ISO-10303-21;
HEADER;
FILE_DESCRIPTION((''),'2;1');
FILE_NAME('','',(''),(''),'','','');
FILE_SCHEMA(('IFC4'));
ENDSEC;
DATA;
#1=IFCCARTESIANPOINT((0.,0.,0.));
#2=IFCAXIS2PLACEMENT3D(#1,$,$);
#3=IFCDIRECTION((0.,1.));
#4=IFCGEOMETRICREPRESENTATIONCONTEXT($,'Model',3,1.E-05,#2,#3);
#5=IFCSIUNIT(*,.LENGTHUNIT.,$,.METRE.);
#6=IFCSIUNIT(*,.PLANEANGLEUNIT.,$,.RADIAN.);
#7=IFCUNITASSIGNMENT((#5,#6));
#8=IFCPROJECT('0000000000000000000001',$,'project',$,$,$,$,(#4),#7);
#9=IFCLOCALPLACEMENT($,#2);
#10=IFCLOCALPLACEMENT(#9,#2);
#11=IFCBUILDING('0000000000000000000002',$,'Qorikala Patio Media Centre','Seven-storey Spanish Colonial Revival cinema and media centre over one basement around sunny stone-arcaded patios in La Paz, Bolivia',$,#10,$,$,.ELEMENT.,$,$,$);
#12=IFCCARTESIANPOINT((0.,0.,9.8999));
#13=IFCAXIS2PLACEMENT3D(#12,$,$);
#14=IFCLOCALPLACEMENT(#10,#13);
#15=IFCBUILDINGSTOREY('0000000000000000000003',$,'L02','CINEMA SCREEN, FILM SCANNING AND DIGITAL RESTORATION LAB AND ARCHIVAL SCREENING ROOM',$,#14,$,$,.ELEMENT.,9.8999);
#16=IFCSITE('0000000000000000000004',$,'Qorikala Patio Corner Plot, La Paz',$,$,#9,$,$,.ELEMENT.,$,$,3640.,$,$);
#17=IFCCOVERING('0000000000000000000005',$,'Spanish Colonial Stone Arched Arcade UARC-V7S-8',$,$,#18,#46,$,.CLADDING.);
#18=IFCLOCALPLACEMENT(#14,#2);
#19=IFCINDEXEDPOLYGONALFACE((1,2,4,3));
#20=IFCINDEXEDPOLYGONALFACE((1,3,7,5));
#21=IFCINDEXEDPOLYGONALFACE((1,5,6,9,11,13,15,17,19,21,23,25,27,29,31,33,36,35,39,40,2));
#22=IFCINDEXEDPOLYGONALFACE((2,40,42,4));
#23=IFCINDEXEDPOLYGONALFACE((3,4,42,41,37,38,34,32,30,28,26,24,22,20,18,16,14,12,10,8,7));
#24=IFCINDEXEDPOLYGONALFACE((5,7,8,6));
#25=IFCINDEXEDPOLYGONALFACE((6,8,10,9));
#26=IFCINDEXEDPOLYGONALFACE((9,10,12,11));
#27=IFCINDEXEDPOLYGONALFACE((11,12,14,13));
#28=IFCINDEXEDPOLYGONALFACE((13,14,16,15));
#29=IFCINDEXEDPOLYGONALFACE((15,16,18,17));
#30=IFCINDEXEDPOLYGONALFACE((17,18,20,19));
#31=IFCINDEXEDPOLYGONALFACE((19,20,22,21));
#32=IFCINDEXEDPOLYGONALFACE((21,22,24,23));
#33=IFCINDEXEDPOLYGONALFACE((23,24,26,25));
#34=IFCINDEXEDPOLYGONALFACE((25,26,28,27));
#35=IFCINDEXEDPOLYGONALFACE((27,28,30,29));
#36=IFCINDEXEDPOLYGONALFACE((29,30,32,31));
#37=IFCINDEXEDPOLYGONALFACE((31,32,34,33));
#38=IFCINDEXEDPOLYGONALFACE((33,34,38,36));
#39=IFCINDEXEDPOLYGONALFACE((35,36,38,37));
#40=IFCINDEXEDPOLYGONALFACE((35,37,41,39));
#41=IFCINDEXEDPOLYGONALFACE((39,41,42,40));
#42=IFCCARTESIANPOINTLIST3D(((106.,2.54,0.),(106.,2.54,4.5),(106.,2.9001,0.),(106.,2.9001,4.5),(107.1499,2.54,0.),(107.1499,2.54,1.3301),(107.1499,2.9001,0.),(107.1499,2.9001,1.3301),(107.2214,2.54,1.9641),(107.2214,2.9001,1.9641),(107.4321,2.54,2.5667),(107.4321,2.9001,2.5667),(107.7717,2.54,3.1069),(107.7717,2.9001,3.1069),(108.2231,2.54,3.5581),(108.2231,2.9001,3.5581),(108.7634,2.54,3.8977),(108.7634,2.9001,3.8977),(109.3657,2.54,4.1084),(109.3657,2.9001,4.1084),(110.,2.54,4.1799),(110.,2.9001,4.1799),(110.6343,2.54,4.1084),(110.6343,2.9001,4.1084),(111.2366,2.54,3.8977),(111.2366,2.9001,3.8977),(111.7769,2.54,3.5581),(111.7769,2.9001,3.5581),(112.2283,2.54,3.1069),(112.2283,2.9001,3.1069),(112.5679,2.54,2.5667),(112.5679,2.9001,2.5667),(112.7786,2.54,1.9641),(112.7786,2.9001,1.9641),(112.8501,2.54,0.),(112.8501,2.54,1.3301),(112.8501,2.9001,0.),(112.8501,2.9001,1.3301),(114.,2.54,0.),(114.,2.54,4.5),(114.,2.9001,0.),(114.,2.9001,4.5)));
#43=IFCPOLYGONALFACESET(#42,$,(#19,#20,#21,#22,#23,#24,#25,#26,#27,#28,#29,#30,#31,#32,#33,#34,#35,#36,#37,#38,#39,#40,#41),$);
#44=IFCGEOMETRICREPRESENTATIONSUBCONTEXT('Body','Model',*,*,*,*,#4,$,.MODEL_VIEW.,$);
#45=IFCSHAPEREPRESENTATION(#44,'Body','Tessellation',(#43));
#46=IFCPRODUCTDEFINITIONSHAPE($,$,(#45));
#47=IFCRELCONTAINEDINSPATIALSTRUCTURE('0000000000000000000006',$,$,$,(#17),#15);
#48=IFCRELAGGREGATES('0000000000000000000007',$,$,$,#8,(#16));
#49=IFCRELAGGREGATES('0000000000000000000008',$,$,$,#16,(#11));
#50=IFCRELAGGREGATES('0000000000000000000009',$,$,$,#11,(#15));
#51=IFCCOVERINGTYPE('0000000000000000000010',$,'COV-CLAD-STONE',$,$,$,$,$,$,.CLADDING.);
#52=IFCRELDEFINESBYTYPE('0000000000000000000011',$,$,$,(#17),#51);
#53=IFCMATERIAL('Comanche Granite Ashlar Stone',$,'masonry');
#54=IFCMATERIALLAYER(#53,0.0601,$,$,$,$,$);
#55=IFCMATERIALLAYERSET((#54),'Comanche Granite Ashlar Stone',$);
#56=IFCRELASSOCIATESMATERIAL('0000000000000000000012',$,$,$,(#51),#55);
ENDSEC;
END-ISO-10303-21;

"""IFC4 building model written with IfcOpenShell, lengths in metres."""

from ifc_helpers import new_model, si_unit, direction, frame, origin, place, context, subcontext, project, spatial, polyline, outline, extrude, material, layer, layer_set, type_object, element, save


model = new_model("IFC4")

# Units and contexts
model_context = context("Model", 3, precision=1e-05, world=origin(), true_north=direction((0.0, 1.0)))
body_context = subcontext(model_context, "Body", "Model", "MODEL_VIEW")
ifc_project = project(units=[si_unit("LENGTHUNIT", "METRE"), si_unit("PLANEANGLEUNIT", "RADIAN")], contexts=[model_context])

# Site, building, storey
site_placement = place(None, origin())
site = spatial("IfcSite", under=ifc_project, at=site_placement, Name="Qorikala Patio Corner Plot, La Paz", CompositionType="ELEMENT", RefElevation=3640.0)
building_placement = place(site_placement, origin())
building = spatial("IfcBuilding", under=site, at=building_placement, Name="Qorikala Patio Media Centre", Description="Seven-storey Spanish Colonial Revival cinema and media centre over one basement around sunny stone-arcaded patios in La Paz, Bolivia", CompositionType="ELEMENT")
storey_placement = place(building_placement, frame((0.0, 0.0, 9.8999)))
storey = spatial("IfcBuildingStorey", under=building, at=storey_placement, Name="L02", Description="CINEMA SCREEN, FILM SCANNING AND DIGITAL RESTORATION LAB AND ARCHIVAL SCREENING ROOM", CompositionType="ELEMENT", Elevation=9.8999)

# Covering
ifc_material_1 = material(Name="Comanche Granite Ashlar Stone", Category="masonry")
ifc_layer_1 = layer(ifc_material_1, 0.0601)
ifc_layer_set_1 = layer_set([ifc_layer_1], Name="Comanche Granite Ashlar Stone")
covering_type = type_object("IfcCoveringType", Name="COV-CLAD-STONE", PredefinedType="CLADDING", material=ifc_layer_set_1)
covering_placement = place(storey_placement, frame((106.0, 2.72, 0.0), z_axis=(0.0, 0.0, 1.0), x_axis=(1.0, 0.0, 0.0)))
element("IfcCovering", 1, at=covering_placement, inside=storey, type_object=covering_type, Name="Spanish Colonial Stone Arched Arcade UARC-V7S-8", PredefinedType="CLADDING", context=body_context, shape_type="SweptSolid", body=[
    extrude(outline(polyline([(0.0, 0.0), (1.1499, 0.0), (1.1499, 1.3301), (1.2214, 1.9641), (1.4321, 2.5667), (1.7717, 3.1069), (2.2231, 3.5581), (2.7634, 3.8977), (3.3657, 4.1084), (4.0, 4.1799), (4.6343, 4.1084), (5.2366, 3.8977), (5.7769, 3.5581), (6.2283, 3.1069), (6.5679, 2.5667), (6.7786, 1.9641), (6.8501, 1.3301), (6.8501, 0.0), (8.0, 0.0), (8.0, 4.5), (0.0, 4.5), (0.0, 0.0)])), frame((0.0, 0.1802, 0.0), z_axis=(0.0, -1.0, 0.0), x_axis=(1.0, 0.0, 0.0)), (0.0, 0.0, 1.0), 0.3601),
])

save(model, "model.ifc")
